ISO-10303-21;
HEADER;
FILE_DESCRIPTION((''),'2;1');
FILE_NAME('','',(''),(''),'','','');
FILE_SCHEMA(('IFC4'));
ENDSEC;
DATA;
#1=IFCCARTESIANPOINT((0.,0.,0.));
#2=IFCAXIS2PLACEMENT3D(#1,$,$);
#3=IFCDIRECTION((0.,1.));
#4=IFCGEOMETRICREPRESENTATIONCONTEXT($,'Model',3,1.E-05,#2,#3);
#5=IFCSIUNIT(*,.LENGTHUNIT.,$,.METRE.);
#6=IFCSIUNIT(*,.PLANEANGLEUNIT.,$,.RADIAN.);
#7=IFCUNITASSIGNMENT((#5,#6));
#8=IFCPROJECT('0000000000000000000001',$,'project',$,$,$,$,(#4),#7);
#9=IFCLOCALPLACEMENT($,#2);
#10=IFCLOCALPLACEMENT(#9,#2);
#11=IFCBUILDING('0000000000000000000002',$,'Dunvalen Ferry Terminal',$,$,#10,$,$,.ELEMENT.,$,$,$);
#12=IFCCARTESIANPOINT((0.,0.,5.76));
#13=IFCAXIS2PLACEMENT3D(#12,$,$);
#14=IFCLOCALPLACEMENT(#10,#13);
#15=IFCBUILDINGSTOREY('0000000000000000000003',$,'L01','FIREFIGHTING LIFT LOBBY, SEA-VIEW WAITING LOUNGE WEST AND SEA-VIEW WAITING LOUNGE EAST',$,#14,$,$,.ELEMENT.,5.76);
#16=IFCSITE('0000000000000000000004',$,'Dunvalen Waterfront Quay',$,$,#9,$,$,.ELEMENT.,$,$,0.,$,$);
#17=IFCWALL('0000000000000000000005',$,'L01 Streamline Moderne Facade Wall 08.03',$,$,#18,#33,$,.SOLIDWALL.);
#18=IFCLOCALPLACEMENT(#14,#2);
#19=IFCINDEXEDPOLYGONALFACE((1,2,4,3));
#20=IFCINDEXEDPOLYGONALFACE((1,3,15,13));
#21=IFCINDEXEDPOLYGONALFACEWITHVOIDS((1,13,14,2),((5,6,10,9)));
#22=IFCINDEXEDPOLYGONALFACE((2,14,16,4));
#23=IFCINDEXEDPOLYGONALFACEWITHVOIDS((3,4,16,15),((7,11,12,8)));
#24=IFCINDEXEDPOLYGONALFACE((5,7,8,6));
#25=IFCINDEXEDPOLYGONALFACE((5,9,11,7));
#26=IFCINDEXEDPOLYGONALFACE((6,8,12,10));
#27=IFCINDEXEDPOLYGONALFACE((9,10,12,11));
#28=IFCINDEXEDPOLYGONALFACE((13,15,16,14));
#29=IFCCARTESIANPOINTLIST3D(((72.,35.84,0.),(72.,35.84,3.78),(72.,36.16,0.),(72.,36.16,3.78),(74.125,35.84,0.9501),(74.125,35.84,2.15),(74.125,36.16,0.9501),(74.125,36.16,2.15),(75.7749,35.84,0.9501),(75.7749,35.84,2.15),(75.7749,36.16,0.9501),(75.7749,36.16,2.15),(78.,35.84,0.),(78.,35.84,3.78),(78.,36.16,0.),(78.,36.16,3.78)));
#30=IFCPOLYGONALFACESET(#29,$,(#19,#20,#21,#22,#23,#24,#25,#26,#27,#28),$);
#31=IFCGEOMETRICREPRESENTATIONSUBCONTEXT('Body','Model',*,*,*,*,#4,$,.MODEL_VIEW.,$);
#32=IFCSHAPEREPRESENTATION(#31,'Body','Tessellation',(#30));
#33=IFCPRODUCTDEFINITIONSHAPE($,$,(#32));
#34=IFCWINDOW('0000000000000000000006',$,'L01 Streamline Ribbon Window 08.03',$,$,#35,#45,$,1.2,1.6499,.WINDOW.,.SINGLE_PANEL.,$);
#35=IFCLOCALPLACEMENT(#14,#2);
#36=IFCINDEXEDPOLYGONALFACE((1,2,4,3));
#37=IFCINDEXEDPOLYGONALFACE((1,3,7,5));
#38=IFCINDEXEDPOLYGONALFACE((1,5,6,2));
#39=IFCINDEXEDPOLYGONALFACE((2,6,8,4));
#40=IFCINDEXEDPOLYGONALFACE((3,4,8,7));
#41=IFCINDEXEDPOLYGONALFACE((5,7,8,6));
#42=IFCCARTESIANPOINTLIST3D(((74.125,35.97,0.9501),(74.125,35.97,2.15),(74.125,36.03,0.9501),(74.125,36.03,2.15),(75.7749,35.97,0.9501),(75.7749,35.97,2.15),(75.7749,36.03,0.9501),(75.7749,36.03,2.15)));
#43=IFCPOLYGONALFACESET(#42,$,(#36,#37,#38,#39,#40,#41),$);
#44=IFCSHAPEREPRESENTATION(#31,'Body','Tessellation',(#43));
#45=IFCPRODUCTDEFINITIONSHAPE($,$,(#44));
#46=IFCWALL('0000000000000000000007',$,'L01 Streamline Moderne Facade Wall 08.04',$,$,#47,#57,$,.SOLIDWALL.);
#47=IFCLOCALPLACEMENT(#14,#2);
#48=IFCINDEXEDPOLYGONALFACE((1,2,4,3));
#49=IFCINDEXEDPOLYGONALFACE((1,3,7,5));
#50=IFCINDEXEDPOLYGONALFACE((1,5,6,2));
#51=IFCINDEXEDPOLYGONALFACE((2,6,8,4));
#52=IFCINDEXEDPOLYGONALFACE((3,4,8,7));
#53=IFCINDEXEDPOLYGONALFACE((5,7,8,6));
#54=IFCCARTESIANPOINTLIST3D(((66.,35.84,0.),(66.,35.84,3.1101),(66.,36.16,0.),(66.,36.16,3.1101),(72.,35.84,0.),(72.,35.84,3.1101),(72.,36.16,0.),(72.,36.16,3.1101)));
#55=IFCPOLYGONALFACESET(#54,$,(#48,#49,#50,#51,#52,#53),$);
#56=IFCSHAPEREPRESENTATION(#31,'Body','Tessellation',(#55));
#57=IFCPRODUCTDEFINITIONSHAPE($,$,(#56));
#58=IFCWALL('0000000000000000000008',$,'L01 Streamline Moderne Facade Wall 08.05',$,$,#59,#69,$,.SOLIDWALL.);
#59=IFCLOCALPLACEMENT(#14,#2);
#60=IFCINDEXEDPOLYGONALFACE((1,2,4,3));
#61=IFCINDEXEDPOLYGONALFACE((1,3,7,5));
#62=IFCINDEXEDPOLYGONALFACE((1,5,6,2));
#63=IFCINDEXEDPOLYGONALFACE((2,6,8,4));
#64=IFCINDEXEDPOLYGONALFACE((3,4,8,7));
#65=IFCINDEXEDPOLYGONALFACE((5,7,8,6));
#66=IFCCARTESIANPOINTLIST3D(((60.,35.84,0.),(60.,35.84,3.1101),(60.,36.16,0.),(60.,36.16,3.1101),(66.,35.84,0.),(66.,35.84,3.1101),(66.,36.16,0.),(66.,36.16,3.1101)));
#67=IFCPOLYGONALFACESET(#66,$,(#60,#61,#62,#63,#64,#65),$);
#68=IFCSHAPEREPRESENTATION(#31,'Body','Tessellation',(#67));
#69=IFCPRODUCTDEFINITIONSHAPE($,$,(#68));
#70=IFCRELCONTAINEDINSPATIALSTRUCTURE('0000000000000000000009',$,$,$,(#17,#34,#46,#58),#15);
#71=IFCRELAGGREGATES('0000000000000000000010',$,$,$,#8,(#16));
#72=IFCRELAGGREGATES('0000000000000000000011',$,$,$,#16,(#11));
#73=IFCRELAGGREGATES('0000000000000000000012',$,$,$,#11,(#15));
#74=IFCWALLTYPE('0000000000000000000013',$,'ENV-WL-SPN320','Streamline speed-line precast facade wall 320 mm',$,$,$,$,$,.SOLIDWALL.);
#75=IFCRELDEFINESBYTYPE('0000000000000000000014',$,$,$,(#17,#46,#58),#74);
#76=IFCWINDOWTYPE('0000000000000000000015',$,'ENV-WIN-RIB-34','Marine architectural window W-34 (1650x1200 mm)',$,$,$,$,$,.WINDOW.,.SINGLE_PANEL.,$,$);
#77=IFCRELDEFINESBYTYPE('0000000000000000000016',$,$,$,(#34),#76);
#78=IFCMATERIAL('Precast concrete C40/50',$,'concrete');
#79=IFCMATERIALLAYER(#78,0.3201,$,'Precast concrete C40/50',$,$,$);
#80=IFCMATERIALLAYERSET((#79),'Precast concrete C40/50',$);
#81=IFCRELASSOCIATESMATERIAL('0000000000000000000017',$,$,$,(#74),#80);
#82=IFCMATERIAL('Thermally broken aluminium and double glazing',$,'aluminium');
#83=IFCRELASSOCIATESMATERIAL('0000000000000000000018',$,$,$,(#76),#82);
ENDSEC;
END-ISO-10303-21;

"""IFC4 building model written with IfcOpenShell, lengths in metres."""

from ifc_helpers import new_model, si_unit, direction, frame, frame_2d, origin, place, context, subcontext, project, spatial, rectangle, extrude, material, layer, layer_set, type_object, element, fill, save


model = new_model("IFC4")

# Units and contexts
model_context = context("Model", 3, precision=1e-05, world=origin(), true_north=direction((0.0, 1.0)))
body_context = subcontext(model_context, "Body", "Model", "MODEL_VIEW")
ifc_project = project(units=[si_unit("LENGTHUNIT", "METRE"), si_unit("PLANEANGLEUNIT", "RADIAN")], contexts=[model_context])

# Site, building, storey
site_placement = place(None, origin())
site = spatial("IfcSite", under=ifc_project, at=site_placement, Name="Dunvalen Waterfront Quay", CompositionType="ELEMENT", RefElevation=0.0)
building_placement = place(site_placement, origin())
building = spatial("IfcBuilding", under=site, at=building_placement, Name="Dunvalen Ferry Terminal", CompositionType="ELEMENT")
storey_placement = place(building_placement, frame((0.0, 0.0, 5.76)))
storey = spatial("IfcBuildingStorey", under=building, at=storey_placement, Name="L01", Description="FIREFIGHTING LIFT LOBBY, SEA-VIEW WAITING LOUNGE WEST AND SEA-VIEW WAITING LOUNGE EAST", CompositionType="ELEMENT", Elevation=5.76)

# Wall, opening, window
ifc_material_1 = material(Name="Precast concrete C40/50", Category="concrete")
ifc_layer_1 = layer(ifc_material_1, 0.3201, Name="Precast concrete C40/50")
ifc_layer_set_1 = layer_set([ifc_layer_1], Name="Precast concrete C40/50")
wall_type = type_object("IfcWallType", Name="ENV-WL-SPN320", Description="Streamline speed-line precast facade wall 320 mm", PredefinedType="SOLIDWALL", material=ifc_layer_set_1)
wall_placement = place(storey_placement, frame((78.0, 36.0, 0.0), z_axis=(0.0, 0.0, 1.0), x_axis=(-1.0, 0.0, 0.0)))
wall = element("IfcWall", 1, at=wall_placement, inside=storey, type_object=wall_type, Name="L01 Streamline Moderne Facade Wall 08.03", PredefinedType="SOLIDWALL", context=body_context, shape_type="SweptSolid", body=[
    extrude(rectangle(XDim=6.0, YDim=0.3201, at=frame_2d((3.0, 0.0))), origin(), (0.0, 0.0, 1.0), 3.78),
])
opening_placement = place(wall_placement, frame((2.2251, 0.0, 0.95)))
opening = element("IfcOpeningElement", 2, at=opening_placement, cuts=wall, PredefinedType="OPENING", context=body_context, shape_type="SweptSolid", body=[
    extrude(rectangle(XDim=1.6499, YDim=1.2, at=frame_2d((0.825, 0.6001))), frame((0.0, 0.1699, 0.0), z_axis=(0.0, -1.0, 0.0), x_axis=(1.0, 0.0, 0.0)), (0.0, 0.0, 1.0), 0.3401),
])
ifc_material_2 = material(Name="Thermally broken aluminium and double glazing", Category="aluminium")
window_type = type_object("IfcWindowType", Name="ENV-WIN-RIB-34", Description="Marine architectural window W-34 (1650x1200 mm)", PartitioningType="SINGLE_PANEL", PredefinedType="WINDOW", material=ifc_material_2)
window_placement = place(opening_placement, origin())
window = element("IfcWindow", 3, at=window_placement, inside=storey, type_object=window_type, Name="L01 Streamline Ribbon Window 08.03", OverallHeight=1.2, OverallWidth=1.6499, PartitioningType="SINGLE_PANEL", PredefinedType="WINDOW", context=body_context, shape_type="SweptSolid", body=[
    extrude(rectangle(XDim=1.6499, YDim=1.2, at=frame_2d((0.825, 0.6001))), frame((0.0, 0.03, 0.0), z_axis=(0.0, -1.0, 0.0), x_axis=(1.0, 0.0, 0.0)), (0.0, 0.0, 1.0), 0.0601),
])
fill(opening, window)

# Walls
for number, where, z_axis, x_axis, name in (
    (4, (72.0, 36.0, 0.0), (0.0, 0.0, 1.0), (-1.0, 0.0, 0.0), "L01 Streamline Moderne Facade Wall 08.04"),
    (5, (66.0, 36.0, 0.0), (0.0, 0.0, 1.0), (-1.0, 0.0, 0.0), "L01 Streamline Moderne Facade Wall 08.05"),
):
    element("IfcWall", number, at=place(storey_placement, frame(where, z_axis=z_axis, x_axis=x_axis)), inside=storey, type_object=wall_type, Name=name, PredefinedType="SOLIDWALL", context=body_context, shape_type="SweptSolid", body=[
        extrude(rectangle(XDim=6.0, YDim=0.3201, at=frame_2d((3.0, 0.0))), origin(), (0.0, 0.0, 1.0), 3.1101),
    ])

save(model, "model.ifc")
